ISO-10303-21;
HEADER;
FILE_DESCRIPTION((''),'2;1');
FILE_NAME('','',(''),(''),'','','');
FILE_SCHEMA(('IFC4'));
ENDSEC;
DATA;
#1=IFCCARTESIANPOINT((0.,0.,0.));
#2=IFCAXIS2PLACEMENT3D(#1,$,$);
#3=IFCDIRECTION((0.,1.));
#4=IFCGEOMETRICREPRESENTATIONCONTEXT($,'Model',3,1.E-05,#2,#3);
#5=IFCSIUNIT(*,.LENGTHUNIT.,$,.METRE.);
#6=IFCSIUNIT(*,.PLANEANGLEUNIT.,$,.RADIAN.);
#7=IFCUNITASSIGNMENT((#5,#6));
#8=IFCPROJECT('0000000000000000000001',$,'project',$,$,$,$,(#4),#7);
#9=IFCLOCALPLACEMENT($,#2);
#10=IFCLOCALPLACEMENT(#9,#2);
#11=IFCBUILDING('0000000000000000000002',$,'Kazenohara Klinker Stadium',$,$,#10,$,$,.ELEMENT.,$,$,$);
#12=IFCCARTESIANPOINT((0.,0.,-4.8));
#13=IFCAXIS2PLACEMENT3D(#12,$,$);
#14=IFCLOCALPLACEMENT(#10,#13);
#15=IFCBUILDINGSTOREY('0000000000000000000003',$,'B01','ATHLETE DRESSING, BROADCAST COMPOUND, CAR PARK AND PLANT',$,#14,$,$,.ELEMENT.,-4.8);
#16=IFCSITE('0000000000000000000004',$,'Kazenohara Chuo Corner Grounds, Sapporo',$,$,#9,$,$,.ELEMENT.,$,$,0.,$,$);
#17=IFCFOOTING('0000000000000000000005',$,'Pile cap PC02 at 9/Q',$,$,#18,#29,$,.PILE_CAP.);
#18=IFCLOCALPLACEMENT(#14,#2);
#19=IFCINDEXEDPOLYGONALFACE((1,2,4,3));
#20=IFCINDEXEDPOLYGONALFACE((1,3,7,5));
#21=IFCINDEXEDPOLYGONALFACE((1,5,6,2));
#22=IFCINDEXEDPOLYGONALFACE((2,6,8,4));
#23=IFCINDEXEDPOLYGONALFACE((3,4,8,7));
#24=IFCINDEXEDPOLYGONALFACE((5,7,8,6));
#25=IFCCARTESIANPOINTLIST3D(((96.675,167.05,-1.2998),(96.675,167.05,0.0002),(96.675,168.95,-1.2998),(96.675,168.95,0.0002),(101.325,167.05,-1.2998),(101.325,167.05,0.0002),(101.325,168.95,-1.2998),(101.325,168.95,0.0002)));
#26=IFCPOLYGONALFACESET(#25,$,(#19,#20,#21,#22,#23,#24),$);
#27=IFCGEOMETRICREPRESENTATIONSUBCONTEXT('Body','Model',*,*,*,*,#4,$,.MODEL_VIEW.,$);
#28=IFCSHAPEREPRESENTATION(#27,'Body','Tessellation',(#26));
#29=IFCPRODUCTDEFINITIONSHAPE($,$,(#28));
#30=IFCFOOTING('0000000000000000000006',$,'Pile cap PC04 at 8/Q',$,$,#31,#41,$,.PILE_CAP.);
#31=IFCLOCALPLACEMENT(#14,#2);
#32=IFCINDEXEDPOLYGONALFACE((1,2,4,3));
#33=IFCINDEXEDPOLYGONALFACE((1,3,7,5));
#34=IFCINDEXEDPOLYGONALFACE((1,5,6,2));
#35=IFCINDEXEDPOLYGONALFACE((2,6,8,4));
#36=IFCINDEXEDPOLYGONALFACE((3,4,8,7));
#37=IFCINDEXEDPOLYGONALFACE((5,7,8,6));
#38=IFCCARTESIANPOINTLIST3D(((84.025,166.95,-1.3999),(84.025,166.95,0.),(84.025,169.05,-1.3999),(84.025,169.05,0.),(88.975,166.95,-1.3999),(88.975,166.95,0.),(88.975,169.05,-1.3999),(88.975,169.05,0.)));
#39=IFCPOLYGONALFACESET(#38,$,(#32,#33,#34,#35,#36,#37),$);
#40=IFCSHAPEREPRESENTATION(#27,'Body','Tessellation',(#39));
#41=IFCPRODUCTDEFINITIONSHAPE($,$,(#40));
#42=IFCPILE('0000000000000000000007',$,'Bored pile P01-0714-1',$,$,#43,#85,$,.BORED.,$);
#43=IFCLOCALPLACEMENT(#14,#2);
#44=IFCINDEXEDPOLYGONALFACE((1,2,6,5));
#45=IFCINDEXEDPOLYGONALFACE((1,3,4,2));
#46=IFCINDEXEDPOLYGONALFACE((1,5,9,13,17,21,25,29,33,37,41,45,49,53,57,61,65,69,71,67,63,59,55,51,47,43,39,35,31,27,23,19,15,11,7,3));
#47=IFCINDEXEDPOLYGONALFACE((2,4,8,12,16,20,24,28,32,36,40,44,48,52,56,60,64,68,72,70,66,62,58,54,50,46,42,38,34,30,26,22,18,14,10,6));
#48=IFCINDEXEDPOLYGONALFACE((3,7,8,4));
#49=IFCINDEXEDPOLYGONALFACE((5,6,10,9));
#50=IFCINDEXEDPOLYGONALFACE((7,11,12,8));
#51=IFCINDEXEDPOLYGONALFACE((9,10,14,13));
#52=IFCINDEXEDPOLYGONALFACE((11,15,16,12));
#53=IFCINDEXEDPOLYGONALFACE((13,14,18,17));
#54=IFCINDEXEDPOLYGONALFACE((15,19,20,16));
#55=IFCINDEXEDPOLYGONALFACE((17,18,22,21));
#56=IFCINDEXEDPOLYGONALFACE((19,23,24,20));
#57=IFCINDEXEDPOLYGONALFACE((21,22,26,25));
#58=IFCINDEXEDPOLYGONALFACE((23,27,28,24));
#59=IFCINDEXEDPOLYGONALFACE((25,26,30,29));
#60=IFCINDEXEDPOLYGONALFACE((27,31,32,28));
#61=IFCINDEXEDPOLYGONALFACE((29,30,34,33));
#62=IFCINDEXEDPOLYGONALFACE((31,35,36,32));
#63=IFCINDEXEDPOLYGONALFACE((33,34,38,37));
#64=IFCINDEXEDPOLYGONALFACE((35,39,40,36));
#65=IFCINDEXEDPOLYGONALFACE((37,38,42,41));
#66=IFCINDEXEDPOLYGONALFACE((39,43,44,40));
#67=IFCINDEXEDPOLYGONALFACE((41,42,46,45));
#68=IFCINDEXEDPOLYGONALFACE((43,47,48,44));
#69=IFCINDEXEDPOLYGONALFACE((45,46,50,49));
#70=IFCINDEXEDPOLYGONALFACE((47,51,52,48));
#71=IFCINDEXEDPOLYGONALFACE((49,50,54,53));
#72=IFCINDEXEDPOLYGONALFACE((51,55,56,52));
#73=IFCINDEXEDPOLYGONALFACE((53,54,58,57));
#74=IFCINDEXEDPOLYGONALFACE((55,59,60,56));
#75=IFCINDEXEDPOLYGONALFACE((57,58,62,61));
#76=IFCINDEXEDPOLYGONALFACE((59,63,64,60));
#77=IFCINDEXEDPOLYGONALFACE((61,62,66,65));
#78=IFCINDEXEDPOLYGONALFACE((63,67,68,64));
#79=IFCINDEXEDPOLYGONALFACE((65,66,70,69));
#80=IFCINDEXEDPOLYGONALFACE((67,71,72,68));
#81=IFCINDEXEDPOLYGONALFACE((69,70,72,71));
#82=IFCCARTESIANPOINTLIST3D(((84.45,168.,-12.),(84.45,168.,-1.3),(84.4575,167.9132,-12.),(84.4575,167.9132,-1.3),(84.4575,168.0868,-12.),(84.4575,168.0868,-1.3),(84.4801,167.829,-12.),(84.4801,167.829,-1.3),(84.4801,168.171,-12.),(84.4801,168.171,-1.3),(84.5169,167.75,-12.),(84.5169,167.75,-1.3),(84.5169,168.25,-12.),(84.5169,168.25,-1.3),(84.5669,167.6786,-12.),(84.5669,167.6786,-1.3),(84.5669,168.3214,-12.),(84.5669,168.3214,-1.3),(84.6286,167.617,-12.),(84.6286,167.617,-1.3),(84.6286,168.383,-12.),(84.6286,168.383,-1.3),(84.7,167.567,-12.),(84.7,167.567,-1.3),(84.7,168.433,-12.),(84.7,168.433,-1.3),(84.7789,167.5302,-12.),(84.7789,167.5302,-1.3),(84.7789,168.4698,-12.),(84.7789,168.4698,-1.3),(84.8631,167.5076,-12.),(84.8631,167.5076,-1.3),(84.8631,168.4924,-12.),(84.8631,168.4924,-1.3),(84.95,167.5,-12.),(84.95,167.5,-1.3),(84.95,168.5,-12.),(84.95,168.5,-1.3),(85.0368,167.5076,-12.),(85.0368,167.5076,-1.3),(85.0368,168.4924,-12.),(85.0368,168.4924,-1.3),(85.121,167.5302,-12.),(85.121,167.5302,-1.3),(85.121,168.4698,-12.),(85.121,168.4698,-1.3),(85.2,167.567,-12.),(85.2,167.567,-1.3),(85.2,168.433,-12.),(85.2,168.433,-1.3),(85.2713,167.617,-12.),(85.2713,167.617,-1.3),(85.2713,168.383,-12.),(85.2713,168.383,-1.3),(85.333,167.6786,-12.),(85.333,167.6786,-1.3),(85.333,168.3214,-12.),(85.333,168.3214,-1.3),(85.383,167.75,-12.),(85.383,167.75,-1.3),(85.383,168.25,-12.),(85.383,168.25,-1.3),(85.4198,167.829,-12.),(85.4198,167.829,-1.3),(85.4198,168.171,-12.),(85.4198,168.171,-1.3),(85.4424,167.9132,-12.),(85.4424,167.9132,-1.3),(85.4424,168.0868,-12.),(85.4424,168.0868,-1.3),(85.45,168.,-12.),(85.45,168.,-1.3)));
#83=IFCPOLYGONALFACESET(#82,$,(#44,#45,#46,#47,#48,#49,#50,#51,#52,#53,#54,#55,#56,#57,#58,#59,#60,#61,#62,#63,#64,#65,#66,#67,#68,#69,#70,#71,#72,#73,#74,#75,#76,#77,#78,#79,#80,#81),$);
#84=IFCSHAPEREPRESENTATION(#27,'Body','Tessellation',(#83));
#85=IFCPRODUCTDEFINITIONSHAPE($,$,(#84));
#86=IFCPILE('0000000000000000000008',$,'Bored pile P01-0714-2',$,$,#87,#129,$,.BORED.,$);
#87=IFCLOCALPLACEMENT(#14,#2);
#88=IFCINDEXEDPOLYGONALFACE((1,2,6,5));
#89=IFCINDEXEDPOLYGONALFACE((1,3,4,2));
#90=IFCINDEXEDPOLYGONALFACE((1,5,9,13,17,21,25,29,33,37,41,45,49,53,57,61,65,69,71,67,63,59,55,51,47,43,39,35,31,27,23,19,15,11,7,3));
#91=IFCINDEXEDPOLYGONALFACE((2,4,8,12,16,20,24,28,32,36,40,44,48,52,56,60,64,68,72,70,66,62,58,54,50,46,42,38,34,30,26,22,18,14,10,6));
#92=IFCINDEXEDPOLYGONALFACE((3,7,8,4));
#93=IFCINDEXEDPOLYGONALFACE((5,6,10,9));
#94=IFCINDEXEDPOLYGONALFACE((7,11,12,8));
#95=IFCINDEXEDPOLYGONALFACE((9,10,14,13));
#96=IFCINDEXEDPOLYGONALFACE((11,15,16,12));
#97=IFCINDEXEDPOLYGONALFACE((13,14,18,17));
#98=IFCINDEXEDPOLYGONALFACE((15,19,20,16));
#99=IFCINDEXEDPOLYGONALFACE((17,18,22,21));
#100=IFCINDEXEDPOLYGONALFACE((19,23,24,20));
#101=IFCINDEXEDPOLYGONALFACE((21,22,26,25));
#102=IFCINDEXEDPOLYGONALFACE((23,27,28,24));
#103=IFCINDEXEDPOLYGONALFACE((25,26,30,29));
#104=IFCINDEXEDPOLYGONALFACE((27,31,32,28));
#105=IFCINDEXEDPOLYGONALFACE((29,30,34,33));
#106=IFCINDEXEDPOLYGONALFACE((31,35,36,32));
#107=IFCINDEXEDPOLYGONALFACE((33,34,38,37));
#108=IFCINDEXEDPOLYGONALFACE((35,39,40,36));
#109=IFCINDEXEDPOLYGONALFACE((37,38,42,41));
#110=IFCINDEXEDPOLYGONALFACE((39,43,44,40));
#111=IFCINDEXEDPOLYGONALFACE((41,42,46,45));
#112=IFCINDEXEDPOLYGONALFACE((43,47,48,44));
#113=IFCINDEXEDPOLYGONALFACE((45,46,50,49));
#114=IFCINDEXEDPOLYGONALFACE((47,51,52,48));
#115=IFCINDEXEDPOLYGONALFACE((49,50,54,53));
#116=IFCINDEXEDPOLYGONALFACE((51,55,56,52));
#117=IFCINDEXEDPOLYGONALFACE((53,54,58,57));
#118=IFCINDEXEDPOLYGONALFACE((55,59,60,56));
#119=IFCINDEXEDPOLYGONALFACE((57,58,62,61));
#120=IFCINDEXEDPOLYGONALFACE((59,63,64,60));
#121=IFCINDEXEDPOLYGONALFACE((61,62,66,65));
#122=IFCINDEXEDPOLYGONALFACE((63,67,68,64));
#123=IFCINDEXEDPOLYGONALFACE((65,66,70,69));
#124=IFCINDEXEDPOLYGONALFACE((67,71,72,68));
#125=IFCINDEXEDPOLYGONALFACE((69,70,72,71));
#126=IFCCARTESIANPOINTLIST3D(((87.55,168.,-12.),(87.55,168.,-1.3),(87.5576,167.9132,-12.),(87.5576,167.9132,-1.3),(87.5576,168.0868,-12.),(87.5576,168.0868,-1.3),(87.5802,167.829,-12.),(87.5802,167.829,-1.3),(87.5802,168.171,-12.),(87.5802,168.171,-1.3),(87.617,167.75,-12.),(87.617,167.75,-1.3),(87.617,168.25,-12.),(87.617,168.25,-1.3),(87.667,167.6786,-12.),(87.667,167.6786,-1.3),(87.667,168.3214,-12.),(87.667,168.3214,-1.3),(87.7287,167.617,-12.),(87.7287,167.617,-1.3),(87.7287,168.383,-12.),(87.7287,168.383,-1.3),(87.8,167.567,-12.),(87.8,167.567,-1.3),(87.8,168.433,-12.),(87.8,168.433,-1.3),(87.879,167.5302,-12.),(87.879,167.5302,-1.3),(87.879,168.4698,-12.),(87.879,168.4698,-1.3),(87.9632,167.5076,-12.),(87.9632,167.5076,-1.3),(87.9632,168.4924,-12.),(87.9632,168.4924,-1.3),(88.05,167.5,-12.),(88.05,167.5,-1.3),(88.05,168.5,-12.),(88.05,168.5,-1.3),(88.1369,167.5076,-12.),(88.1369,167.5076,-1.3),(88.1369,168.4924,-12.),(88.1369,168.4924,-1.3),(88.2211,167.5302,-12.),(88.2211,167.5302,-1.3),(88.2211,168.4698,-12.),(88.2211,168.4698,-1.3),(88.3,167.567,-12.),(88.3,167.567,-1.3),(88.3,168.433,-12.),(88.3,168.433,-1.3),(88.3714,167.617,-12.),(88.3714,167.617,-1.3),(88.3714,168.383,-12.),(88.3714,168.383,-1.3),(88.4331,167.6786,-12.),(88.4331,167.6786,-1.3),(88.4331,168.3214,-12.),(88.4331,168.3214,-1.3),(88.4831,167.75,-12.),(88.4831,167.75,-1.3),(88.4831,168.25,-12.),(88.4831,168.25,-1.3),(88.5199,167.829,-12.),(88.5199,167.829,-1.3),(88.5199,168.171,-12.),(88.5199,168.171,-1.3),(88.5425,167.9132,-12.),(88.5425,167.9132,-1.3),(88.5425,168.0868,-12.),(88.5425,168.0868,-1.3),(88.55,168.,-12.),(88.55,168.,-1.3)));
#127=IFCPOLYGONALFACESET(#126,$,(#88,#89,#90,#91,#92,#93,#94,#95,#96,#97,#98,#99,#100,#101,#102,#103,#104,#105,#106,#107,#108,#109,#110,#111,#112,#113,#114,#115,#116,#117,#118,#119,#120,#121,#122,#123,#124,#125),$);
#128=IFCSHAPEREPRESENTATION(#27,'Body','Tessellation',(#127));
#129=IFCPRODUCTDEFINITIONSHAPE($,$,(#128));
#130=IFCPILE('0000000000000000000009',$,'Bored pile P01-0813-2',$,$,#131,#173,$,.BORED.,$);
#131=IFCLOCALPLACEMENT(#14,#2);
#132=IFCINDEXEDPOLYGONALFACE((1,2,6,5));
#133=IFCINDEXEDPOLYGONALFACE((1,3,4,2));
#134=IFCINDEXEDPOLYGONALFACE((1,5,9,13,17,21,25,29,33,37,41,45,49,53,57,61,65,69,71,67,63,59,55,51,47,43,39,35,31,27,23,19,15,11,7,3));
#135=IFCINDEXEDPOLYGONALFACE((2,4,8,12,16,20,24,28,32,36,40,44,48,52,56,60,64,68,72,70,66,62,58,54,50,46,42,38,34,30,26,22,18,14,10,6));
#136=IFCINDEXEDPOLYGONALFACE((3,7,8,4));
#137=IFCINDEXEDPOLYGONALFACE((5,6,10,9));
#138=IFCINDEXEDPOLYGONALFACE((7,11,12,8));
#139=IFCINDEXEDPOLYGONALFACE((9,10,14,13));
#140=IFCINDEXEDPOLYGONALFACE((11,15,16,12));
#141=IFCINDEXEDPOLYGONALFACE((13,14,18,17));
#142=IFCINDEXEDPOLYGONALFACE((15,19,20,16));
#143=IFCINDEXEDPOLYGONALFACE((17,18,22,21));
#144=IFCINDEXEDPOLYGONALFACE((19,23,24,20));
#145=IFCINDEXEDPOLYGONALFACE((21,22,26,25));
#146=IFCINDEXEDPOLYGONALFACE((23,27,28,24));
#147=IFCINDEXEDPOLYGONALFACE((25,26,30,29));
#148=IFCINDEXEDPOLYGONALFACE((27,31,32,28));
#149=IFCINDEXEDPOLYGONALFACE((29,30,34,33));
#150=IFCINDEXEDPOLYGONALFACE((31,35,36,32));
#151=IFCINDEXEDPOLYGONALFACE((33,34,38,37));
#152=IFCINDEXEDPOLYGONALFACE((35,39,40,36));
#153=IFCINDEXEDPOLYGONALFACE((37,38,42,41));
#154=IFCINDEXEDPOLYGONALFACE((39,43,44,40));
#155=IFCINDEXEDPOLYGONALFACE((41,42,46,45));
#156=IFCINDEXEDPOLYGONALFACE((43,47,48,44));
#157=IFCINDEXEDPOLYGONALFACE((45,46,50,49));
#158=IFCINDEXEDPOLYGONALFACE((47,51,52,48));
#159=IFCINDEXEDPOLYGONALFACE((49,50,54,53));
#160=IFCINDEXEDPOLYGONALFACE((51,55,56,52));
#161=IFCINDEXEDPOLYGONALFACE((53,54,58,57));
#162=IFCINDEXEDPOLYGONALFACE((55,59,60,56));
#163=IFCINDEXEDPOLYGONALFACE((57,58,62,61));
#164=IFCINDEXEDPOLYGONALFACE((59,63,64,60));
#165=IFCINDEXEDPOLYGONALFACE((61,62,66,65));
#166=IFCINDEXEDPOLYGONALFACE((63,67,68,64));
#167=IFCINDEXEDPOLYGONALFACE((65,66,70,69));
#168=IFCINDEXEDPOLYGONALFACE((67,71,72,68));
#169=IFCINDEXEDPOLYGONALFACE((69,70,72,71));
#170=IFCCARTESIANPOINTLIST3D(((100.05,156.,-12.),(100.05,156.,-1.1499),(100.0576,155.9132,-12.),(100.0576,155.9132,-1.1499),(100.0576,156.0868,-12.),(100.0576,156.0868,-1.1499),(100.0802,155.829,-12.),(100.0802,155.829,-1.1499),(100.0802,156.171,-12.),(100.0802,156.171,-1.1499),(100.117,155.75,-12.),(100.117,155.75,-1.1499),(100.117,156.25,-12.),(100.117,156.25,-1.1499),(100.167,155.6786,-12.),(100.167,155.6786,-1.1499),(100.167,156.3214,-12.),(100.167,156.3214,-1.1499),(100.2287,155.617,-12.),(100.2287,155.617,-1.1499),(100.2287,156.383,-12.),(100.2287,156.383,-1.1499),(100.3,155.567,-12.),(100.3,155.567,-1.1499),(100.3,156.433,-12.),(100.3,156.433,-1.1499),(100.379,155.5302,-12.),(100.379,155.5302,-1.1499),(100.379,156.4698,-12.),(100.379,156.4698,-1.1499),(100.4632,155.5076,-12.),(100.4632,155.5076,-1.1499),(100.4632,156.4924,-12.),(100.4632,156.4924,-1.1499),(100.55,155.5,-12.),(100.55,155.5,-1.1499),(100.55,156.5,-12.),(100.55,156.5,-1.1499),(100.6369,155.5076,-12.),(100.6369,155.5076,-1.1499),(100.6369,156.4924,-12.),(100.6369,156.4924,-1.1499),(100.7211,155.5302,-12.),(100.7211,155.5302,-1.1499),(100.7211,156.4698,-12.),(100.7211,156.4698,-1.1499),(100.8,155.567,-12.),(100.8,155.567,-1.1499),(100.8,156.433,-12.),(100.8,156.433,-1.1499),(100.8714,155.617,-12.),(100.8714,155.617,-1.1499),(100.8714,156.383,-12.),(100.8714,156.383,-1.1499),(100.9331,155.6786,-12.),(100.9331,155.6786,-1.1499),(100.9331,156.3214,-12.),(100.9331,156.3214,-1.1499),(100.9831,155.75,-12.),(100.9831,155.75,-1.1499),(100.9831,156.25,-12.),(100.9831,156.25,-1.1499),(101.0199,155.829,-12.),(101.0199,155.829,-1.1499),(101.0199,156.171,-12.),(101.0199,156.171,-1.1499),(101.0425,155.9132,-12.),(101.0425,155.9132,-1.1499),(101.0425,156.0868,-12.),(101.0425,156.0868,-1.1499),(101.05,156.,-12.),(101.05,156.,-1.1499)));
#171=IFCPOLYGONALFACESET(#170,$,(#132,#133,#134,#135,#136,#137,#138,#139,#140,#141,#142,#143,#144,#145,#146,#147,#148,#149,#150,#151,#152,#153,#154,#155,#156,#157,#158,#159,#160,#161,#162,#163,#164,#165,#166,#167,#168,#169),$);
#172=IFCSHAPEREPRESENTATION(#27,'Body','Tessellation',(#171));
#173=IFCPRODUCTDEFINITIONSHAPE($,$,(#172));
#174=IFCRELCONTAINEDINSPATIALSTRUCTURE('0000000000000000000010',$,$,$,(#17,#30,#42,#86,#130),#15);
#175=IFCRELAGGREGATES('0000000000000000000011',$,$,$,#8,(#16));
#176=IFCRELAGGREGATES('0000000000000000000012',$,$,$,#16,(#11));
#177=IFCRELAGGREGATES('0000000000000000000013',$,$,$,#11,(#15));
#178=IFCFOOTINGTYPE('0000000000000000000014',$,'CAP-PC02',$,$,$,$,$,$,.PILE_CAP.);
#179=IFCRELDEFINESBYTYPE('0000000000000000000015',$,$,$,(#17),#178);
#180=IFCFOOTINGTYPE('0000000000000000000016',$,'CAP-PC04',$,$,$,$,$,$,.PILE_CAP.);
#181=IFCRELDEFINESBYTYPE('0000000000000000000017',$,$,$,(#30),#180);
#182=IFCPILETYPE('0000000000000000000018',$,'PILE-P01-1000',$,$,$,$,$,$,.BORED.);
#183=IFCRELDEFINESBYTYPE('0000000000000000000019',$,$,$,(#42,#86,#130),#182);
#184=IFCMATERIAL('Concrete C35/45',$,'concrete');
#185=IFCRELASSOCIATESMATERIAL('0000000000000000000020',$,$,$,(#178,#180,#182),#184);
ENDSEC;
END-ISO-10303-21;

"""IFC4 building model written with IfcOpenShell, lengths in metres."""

from ifc_helpers import new_model, si_unit, direction, frame, origin, origin_2d, place, context, subcontext, project, spatial, rectangle, circle, extrude, material, material_profile, profile_set, type_object, element, save


model = new_model("IFC4")

# Units and contexts
model_context = context("Model", 3, precision=1e-05, world=origin(), true_north=direction((0.0, 1.0)))
body_context = subcontext(model_context, "Body", "Model", "MODEL_VIEW")
ifc_project = project(units=[si_unit("LENGTHUNIT", "METRE"), si_unit("PLANEANGLEUNIT", "RADIAN")], contexts=[model_context])

# Site, building, storey
site_placement = place(None, origin())
site = spatial("IfcSite", under=ifc_project, at=site_placement, Name="Kazenohara Chuo Corner Grounds, Sapporo", CompositionType="ELEMENT", RefElevation=0.0)
building_placement = place(site_placement, origin())
building = spatial("IfcBuilding", under=site, at=building_placement, Name="Kazenohara Klinker Stadium", CompositionType="ELEMENT")
storey_placement = place(building_placement, frame((0.0, 0.0, -4.8)))
storey = spatial("IfcBuildingStorey", under=building, at=storey_placement, Name="B01", Description="ATHLETE DRESSING, BROADCAST COMPOUND, CAR PARK AND PLANT", CompositionType="ELEMENT", Elevation=-4.8)

# Footings
ifc_material_1 = material(Name="Concrete C35/45", Category="concrete")
footing_type_1 = type_object("IfcFootingType", Name="CAP-PC02", PredefinedType="PILE_CAP", material=ifc_material_1)
footing_1_placement = place(storey_placement, frame((99.0, 168.0, -1.2998), z_axis=(0.0, 0.0, 1.0), x_axis=(1.0, 0.0, 0.0)))
element("IfcFooting", 1, at=footing_1_placement, inside=storey, type_object=footing_type_1, Name="Pile cap PC02 at 9/Q", PredefinedType="PILE_CAP", context=body_context, shape_type="SweptSolid", body=[
    extrude(rectangle(XDim=4.6499, YDim=1.8999, at=origin_2d()), origin(), (0.0, 0.0, 1.0), 1.3),
])
footing_type_2 = type_object("IfcFootingType", Name="CAP-PC04", PredefinedType="PILE_CAP", material=ifc_material_1)
footing_2_placement = place(storey_placement, frame((86.5, 168.0, -1.3999), z_axis=(0.0, 0.0, 1.0), x_axis=(1.0, 0.0, 0.0)))
element("IfcFooting", 2, at=footing_2_placement, inside=storey, type_object=footing_type_2, Name="Pile cap PC04 at 8/Q", PredefinedType="PILE_CAP", context=body_context, shape_type="SweptSolid", body=[
    extrude(rectangle(XDim=4.95, YDim=2.1001, at=origin_2d()), origin(), (0.0, 0.0, 1.0), 1.3999),
])

# Piles
ifc_material_profile_1 = material_profile(ifc_material_1, circle(Radius=0.5, at=origin_2d()), Name="BORED-PILE-1000")
ifc_profile_set_1 = profile_set([ifc_material_profile_1], Name="Concrete C35/45")
pile_type = type_object("IfcPileType", Name="PILE-P01-1000", PredefinedType="BORED", material=ifc_profile_set_1)
for number, where, z_axis, x_axis, name in (
    (3, (84.95, 168.0, -1.3), (0.0, 0.0, -1.0), (1.0, 0.0, 0.0), "Bored pile P01-0714-1"),
    (4, (88.05, 168.0, -1.3), (0.0, 0.0, -1.0), (1.0, 0.0, 0.0), "Bored pile P01-0714-2"),
):
    element("IfcPile", number, at=place(storey_placement, frame(where, z_axis=z_axis, x_axis=x_axis)), inside=storey, type_object=pile_type, Name=name, PredefinedType="BORED", context=body_context, shape_type="SweptSolid", body=[
        extrude(circle(Radius=0.5, at=origin_2d()), origin(), (0.0, 0.0, 1.0), 10.7),
    ])
pile_placement = place(storey_placement, frame((100.55, 156.0, -1.1499), z_axis=(0.0, 0.0, -1.0), x_axis=(1.0, 0.0, 0.0)))
element("IfcPile", 5, at=pile_placement, inside=storey, type_object=pile_type, Name="Bored pile P01-0813-2", PredefinedType="BORED", context=body_context, shape_type="SweptSolid", body=[
    extrude(circle(Radius=0.5, at=origin_2d()), origin(), (0.0, 0.0, 1.0), 10.8501),
])

save(model, "model.ifc")
